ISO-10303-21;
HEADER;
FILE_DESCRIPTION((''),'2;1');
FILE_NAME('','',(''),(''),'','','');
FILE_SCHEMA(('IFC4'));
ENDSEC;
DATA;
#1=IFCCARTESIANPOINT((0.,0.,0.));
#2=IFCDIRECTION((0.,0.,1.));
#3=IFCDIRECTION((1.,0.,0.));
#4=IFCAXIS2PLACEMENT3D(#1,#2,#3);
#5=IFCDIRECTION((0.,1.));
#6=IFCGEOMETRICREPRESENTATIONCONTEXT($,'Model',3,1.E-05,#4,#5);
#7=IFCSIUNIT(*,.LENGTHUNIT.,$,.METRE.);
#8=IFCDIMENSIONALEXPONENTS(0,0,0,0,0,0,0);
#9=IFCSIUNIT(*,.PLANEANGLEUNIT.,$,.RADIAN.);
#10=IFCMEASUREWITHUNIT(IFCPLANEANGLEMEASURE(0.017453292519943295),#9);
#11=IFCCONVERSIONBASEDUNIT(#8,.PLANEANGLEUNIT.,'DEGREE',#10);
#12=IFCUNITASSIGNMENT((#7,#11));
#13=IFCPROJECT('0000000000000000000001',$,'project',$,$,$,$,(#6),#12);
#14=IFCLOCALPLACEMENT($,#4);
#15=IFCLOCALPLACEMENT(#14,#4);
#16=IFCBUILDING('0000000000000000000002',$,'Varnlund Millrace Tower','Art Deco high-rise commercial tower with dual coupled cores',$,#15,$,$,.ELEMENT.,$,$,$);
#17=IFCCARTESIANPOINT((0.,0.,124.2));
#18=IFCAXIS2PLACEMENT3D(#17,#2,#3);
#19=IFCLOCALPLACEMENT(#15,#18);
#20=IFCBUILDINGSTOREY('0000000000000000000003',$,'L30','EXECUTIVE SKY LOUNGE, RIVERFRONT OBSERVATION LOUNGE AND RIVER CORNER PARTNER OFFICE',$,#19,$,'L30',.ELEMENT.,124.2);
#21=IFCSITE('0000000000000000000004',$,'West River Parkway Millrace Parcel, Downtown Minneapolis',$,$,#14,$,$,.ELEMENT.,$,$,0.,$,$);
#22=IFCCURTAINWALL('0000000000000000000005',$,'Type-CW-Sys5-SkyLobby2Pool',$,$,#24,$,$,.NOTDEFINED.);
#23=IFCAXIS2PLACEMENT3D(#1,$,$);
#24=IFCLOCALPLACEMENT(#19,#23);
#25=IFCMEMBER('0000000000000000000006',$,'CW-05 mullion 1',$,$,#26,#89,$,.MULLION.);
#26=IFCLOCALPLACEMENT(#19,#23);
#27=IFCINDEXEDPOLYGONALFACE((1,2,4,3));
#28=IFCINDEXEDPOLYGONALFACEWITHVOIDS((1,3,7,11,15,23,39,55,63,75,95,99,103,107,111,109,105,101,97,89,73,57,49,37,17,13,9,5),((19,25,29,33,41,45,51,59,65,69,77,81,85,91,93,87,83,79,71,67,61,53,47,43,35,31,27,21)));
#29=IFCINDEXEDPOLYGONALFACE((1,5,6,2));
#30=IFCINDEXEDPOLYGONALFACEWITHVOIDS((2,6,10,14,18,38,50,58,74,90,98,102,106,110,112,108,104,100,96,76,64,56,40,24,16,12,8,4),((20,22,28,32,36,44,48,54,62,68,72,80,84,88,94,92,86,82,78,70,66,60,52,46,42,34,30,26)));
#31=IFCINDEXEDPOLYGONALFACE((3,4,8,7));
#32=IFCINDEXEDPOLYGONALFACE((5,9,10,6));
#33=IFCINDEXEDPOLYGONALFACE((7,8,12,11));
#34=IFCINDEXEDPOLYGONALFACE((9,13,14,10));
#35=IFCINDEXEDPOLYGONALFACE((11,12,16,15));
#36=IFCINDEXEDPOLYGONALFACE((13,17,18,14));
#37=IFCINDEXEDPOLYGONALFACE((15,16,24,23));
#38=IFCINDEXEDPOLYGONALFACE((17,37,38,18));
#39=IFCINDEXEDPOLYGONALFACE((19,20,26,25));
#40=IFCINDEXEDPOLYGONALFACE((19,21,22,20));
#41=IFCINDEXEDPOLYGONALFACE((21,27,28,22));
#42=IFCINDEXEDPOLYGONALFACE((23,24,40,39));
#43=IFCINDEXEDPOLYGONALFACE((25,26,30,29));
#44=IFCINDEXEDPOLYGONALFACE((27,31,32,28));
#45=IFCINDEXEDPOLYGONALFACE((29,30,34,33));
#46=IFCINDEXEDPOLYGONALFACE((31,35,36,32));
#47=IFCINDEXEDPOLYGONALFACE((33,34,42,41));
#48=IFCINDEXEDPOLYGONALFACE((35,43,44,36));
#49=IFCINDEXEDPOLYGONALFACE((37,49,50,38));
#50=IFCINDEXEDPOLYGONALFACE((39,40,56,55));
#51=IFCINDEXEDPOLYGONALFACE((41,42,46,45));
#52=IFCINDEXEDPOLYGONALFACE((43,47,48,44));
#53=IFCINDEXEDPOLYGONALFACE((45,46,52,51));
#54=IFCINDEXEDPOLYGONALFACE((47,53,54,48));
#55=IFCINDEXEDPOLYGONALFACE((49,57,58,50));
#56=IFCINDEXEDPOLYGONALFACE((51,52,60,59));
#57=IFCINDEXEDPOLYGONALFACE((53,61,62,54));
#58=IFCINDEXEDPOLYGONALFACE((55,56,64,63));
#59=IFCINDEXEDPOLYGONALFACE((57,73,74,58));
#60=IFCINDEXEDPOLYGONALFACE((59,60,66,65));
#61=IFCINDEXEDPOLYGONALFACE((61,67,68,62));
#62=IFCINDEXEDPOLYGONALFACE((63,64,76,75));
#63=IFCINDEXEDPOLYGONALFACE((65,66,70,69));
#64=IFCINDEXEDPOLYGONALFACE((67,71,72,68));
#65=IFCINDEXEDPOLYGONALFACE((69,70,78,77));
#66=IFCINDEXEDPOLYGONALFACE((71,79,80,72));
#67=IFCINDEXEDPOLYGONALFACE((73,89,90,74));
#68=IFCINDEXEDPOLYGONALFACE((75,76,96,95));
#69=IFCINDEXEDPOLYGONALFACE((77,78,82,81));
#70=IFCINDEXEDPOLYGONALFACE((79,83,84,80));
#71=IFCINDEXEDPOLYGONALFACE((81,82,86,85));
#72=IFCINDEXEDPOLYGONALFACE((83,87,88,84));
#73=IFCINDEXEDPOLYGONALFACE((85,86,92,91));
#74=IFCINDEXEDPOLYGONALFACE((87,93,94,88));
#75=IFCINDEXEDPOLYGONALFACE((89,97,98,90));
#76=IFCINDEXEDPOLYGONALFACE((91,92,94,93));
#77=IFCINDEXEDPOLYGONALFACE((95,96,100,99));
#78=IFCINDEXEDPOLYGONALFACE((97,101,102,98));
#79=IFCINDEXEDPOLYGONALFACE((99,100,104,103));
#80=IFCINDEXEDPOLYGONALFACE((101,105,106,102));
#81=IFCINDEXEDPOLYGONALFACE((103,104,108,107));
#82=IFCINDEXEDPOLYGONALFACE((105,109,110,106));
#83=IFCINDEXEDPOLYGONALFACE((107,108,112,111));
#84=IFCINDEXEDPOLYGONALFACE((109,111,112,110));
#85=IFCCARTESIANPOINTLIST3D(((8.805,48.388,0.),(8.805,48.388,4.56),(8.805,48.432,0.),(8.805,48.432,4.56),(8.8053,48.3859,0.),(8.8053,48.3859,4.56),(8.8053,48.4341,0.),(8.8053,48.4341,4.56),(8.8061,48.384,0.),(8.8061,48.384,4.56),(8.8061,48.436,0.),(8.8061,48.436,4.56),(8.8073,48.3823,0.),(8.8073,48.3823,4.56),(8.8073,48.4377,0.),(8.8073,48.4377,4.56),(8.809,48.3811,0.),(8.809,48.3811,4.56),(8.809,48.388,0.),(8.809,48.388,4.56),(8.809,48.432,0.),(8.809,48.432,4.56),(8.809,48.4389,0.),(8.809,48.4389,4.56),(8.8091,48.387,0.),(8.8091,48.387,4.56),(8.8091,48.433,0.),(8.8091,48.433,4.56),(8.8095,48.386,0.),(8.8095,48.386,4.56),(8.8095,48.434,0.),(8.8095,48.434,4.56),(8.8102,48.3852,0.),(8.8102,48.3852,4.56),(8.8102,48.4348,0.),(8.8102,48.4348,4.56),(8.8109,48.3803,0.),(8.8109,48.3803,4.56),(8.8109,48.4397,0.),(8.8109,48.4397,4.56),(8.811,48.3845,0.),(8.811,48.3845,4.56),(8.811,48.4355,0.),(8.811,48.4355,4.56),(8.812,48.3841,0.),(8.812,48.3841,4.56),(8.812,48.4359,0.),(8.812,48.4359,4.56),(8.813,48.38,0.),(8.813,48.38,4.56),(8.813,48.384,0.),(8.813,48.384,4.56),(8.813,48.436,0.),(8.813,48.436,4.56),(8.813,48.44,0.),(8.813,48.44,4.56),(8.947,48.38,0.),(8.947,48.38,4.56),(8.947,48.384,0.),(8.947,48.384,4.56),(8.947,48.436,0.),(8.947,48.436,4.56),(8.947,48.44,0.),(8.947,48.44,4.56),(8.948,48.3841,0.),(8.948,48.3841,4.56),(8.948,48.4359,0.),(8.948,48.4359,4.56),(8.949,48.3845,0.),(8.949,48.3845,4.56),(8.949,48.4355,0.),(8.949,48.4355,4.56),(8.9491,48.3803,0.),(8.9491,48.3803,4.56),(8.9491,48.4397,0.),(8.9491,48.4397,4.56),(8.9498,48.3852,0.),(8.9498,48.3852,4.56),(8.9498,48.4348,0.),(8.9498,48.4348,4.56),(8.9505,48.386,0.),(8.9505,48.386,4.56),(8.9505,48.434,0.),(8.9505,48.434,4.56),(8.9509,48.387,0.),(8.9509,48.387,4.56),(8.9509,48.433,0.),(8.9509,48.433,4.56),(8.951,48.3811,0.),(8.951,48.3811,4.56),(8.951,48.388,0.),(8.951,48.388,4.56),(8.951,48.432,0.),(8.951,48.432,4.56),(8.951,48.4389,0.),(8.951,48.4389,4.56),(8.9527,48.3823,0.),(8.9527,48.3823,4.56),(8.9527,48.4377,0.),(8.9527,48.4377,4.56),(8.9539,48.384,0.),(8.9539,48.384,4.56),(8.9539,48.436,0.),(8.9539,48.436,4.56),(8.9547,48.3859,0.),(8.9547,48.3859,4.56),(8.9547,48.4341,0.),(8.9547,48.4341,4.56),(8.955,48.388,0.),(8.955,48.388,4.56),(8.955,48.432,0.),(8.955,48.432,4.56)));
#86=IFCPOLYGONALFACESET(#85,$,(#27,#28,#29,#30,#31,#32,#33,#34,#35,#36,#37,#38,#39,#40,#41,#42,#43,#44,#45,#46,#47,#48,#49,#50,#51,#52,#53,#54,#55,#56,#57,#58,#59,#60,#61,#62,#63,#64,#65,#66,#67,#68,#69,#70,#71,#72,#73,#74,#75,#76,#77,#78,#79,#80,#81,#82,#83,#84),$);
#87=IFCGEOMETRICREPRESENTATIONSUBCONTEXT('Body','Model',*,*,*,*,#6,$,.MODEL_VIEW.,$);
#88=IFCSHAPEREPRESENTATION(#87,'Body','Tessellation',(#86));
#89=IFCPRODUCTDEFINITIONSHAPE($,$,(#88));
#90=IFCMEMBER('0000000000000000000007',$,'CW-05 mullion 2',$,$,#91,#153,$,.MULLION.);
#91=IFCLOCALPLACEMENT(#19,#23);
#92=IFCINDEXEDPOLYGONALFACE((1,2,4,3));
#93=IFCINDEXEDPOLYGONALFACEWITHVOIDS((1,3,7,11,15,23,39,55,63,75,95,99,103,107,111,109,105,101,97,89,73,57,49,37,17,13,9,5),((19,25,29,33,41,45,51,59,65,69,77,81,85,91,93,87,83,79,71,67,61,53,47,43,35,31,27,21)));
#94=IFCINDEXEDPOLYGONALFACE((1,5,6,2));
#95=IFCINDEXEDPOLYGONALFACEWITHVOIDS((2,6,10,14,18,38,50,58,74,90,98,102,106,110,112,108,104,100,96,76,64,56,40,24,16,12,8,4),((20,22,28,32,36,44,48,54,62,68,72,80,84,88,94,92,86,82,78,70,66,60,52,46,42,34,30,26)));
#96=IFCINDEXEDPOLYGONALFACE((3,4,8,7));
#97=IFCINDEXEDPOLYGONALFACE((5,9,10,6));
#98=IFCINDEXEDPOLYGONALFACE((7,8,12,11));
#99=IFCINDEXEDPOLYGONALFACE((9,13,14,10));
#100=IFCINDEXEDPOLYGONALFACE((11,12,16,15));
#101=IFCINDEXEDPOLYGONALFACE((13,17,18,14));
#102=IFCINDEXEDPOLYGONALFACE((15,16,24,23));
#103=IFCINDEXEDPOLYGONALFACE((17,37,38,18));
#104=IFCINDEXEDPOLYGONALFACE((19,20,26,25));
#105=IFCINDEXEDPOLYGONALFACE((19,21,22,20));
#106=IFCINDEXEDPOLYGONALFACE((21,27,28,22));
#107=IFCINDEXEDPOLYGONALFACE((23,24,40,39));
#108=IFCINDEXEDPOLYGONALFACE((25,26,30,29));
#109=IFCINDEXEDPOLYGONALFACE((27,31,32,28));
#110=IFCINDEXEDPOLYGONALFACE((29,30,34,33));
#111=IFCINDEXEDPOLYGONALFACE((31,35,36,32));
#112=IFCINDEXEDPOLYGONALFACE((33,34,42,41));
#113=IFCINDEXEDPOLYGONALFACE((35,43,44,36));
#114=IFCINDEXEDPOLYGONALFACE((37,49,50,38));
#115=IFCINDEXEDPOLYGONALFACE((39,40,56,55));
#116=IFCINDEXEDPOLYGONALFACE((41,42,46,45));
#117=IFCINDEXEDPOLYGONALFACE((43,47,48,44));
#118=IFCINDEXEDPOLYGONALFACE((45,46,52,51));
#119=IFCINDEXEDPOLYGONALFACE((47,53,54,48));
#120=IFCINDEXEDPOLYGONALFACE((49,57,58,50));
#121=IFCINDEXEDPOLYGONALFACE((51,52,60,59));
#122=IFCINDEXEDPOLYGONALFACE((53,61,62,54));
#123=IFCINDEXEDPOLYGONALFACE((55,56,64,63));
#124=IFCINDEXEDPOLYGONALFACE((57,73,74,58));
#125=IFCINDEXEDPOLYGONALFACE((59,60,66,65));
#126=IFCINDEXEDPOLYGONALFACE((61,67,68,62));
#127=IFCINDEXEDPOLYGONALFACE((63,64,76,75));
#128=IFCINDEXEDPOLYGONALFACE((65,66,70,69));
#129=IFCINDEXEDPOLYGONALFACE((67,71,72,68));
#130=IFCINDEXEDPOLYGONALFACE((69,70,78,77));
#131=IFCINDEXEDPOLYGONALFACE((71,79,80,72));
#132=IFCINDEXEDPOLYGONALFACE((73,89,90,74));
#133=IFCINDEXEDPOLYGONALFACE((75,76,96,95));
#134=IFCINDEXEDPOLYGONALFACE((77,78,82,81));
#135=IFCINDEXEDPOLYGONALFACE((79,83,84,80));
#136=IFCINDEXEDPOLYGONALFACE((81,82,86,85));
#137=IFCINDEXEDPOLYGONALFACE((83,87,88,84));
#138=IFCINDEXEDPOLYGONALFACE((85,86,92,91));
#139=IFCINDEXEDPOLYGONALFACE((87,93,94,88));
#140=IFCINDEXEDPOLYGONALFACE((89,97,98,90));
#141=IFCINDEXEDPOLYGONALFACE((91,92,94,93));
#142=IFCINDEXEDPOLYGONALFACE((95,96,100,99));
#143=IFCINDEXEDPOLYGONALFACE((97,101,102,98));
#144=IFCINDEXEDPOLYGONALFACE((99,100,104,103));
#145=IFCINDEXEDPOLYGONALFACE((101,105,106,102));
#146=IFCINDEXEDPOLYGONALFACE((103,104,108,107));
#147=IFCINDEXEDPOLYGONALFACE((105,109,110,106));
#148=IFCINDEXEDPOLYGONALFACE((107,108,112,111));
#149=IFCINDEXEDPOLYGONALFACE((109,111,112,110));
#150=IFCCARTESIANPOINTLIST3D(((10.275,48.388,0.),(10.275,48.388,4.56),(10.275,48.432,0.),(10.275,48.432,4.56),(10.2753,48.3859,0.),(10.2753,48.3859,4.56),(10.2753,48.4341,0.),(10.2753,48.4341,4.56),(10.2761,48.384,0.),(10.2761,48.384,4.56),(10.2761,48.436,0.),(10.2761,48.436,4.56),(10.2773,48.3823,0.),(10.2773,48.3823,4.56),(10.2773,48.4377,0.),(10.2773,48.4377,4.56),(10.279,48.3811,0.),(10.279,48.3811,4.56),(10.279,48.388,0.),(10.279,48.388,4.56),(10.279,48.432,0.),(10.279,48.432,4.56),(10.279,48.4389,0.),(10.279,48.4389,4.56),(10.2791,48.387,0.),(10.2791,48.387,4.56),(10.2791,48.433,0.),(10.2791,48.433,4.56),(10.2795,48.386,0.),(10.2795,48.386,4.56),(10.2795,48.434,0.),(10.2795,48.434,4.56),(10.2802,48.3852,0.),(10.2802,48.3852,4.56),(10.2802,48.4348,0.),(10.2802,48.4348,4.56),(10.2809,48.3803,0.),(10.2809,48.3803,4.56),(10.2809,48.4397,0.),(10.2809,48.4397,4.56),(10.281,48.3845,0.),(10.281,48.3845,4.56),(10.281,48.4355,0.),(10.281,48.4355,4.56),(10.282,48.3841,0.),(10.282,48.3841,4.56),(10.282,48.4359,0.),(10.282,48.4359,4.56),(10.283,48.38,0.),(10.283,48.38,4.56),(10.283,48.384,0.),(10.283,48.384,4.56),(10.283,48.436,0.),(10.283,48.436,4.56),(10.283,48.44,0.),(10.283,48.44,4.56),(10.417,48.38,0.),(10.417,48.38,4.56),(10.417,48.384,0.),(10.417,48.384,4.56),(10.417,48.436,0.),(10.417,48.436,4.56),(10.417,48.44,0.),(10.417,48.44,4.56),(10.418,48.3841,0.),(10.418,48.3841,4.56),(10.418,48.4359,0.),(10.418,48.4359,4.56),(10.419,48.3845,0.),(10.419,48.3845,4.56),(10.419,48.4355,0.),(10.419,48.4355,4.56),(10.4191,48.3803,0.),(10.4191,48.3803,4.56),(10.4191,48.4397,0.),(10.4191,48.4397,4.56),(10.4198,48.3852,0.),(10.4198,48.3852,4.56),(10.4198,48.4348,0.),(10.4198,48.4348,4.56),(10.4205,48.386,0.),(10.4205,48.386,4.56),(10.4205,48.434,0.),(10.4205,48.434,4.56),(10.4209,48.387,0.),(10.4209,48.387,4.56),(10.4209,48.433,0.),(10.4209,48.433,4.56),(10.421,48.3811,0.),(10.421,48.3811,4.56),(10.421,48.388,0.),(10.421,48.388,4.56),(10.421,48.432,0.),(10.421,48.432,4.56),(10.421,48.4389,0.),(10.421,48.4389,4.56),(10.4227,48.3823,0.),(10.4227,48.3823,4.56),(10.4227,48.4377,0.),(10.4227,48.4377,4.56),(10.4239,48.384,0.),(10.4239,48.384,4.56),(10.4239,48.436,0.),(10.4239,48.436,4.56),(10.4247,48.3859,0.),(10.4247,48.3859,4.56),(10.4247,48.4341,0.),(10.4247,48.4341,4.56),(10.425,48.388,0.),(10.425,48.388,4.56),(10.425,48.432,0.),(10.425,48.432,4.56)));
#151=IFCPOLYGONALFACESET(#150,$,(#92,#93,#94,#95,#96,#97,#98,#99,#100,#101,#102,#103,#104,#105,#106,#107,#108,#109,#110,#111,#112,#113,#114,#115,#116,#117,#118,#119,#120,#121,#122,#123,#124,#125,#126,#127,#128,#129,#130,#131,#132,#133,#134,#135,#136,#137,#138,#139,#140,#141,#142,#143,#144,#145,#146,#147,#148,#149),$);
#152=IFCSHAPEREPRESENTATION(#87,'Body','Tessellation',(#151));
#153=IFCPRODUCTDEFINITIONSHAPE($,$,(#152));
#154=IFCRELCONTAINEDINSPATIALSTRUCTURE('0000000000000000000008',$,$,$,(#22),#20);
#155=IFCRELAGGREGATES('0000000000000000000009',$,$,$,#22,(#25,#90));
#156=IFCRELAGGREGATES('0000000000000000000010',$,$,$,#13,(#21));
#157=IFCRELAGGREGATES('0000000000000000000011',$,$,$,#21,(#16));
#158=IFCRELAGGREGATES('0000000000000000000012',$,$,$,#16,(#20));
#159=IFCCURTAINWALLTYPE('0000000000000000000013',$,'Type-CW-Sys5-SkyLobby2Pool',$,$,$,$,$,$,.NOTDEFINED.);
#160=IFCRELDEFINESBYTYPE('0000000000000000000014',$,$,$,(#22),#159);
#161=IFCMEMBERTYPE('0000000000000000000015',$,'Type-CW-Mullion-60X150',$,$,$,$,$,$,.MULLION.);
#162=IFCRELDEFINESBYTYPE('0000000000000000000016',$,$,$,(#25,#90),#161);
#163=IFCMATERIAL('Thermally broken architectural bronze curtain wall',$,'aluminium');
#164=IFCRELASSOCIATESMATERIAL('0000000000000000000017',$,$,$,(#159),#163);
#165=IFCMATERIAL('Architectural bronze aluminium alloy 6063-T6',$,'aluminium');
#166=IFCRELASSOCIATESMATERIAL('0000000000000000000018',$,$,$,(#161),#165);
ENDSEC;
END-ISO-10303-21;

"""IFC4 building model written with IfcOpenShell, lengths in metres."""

from ifc_helpers import new_model, entity, si_unit, converted_unit, direction, frame, origin_with_axes, origin_2d_with_axis, place, context, subcontext, project, spatial, hollow_rectangle, extrude, material, material_profile, profile_set, type_object, element, aggregate, save


model = new_model("IFC4")

# Units and contexts
model_context = context("Model", 3, precision=1e-05, world=origin_with_axes(), true_north=direction((0.0, 1.0)))
body_context = subcontext(model_context, "Body", "Model", "MODEL_VIEW")
ifc_project = project(units=[si_unit("LENGTHUNIT", "METRE"), converted_unit("PLANEANGLEUNIT", "DEGREE", entity("IfcPlaneAngleMeasure", 0.017453292519943295), si_unit("PLANEANGLEUNIT", "RADIAN"), dimensions=[0, 0, 0, 0, 0, 0, 0])], contexts=[model_context])

# Site, building, storey
site_placement = place(None, origin_with_axes())
site = spatial("IfcSite", under=ifc_project, at=site_placement, Name="West River Parkway Millrace Parcel, Downtown Minneapolis", CompositionType="ELEMENT", RefElevation=0.0)
building_placement = place(site_placement, origin_with_axes())
building = spatial("IfcBuilding", under=site, at=building_placement, Name="Varnlund Millrace Tower", Description="Art Deco high-rise commercial tower with dual coupled cores", CompositionType="ELEMENT")
storey_placement = place(building_placement, frame((0.0, 0.0, 124.2), z_axis=(0.0, 0.0, 1.0), x_axis=(1.0, 0.0, 0.0)))
storey = spatial("IfcBuildingStorey", under=building, at=storey_placement, Name="L30", Description="EXECUTIVE SKY LOUNGE, RIVERFRONT OBSERVATION LOUNGE AND RIVER CORNER PARTNER OFFICE", LongName="L30", CompositionType="ELEMENT", Elevation=124.2)

# Curtain wall, members
ifc_material_1 = material(Name="Thermally broken architectural bronze curtain wall", Category="aluminium")
curtain_wall_type = type_object("IfcCurtainWallType", Name="Type-CW-Sys5-SkyLobby2Pool", PredefinedType="NOTDEFINED", material=ifc_material_1)
ifc_material_2 = material(Name="Architectural bronze aluminium alloy 6063-T6", Category="aluminium")
ifc_material_profile_1 = material_profile(ifc_material_2, hollow_rectangle(XDim=0.06, YDim=0.15, WallThickness=0.004, InnerFilletRadius=0.004, OuterFilletRadius=0.008, at=origin_2d_with_axis()), Name="Architectural bronze aluminium alloy 6063-T6")
ifc_profile_set_1 = profile_set([ifc_material_profile_1], Name="Architectural bronze aluminium alloy 6063-T6")
member_type = type_object("IfcMemberType", Name="Type-CW-Mullion-60X150", PredefinedType="MULLION", material=ifc_profile_set_1)
curtain_wall_1_placement = place(storey_placement, frame((8.85, 48.41, 0.0), z_axis=(0.0, 0.0, 1.0), x_axis=(1.0, 0.0, 0.0)))
curtain_wall_1 = element("IfcCurtainWall", 1, at=curtain_wall_1_placement, inside=storey, type_object=curtain_wall_type, Name="Type-CW-Sys5-SkyLobby2Pool", PredefinedType="NOTDEFINED")
member_1_placement = place(storey_placement, frame((8.88, 48.41, 0.0), z_axis=(0.0, 0.0, 1.0), x_axis=(0.0, 1.0, 0.0)))
member_1 = element("IfcMember", 2, at=member_1_placement, type_object=member_type, Name="CW-05 mullion 1", PredefinedType="MULLION", context=body_context, shape_type="SweptSolid", body=[
    extrude(hollow_rectangle(XDim=0.06, YDim=0.15, WallThickness=0.004, InnerFilletRadius=0.004, OuterFilletRadius=0.008, at=origin_2d_with_axis()), origin_with_axes(), (0.0, 0.0, 1.0), 4.56),
])
member_2_placement = place(storey_placement, frame((10.35, 48.41, 0.0), z_axis=(0.0, 0.0, 1.0), x_axis=(0.0, 1.0, 0.0)))
member_2 = element("IfcMember", 3, at=member_2_placement, type_object=member_type, Name="CW-05 mullion 2", PredefinedType="MULLION", context=body_context, shape_type="SweptSolid", body=[
    extrude(hollow_rectangle(XDim=0.06, YDim=0.15, WallThickness=0.004, InnerFilletRadius=0.004, OuterFilletRadius=0.008, at=origin_2d_with_axis()), origin_with_axes(), (0.0, 0.0, 1.0), 4.56),
])
aggregate(curtain_wall_1, [member_1, member_2])

save(model, "model.ifc")
